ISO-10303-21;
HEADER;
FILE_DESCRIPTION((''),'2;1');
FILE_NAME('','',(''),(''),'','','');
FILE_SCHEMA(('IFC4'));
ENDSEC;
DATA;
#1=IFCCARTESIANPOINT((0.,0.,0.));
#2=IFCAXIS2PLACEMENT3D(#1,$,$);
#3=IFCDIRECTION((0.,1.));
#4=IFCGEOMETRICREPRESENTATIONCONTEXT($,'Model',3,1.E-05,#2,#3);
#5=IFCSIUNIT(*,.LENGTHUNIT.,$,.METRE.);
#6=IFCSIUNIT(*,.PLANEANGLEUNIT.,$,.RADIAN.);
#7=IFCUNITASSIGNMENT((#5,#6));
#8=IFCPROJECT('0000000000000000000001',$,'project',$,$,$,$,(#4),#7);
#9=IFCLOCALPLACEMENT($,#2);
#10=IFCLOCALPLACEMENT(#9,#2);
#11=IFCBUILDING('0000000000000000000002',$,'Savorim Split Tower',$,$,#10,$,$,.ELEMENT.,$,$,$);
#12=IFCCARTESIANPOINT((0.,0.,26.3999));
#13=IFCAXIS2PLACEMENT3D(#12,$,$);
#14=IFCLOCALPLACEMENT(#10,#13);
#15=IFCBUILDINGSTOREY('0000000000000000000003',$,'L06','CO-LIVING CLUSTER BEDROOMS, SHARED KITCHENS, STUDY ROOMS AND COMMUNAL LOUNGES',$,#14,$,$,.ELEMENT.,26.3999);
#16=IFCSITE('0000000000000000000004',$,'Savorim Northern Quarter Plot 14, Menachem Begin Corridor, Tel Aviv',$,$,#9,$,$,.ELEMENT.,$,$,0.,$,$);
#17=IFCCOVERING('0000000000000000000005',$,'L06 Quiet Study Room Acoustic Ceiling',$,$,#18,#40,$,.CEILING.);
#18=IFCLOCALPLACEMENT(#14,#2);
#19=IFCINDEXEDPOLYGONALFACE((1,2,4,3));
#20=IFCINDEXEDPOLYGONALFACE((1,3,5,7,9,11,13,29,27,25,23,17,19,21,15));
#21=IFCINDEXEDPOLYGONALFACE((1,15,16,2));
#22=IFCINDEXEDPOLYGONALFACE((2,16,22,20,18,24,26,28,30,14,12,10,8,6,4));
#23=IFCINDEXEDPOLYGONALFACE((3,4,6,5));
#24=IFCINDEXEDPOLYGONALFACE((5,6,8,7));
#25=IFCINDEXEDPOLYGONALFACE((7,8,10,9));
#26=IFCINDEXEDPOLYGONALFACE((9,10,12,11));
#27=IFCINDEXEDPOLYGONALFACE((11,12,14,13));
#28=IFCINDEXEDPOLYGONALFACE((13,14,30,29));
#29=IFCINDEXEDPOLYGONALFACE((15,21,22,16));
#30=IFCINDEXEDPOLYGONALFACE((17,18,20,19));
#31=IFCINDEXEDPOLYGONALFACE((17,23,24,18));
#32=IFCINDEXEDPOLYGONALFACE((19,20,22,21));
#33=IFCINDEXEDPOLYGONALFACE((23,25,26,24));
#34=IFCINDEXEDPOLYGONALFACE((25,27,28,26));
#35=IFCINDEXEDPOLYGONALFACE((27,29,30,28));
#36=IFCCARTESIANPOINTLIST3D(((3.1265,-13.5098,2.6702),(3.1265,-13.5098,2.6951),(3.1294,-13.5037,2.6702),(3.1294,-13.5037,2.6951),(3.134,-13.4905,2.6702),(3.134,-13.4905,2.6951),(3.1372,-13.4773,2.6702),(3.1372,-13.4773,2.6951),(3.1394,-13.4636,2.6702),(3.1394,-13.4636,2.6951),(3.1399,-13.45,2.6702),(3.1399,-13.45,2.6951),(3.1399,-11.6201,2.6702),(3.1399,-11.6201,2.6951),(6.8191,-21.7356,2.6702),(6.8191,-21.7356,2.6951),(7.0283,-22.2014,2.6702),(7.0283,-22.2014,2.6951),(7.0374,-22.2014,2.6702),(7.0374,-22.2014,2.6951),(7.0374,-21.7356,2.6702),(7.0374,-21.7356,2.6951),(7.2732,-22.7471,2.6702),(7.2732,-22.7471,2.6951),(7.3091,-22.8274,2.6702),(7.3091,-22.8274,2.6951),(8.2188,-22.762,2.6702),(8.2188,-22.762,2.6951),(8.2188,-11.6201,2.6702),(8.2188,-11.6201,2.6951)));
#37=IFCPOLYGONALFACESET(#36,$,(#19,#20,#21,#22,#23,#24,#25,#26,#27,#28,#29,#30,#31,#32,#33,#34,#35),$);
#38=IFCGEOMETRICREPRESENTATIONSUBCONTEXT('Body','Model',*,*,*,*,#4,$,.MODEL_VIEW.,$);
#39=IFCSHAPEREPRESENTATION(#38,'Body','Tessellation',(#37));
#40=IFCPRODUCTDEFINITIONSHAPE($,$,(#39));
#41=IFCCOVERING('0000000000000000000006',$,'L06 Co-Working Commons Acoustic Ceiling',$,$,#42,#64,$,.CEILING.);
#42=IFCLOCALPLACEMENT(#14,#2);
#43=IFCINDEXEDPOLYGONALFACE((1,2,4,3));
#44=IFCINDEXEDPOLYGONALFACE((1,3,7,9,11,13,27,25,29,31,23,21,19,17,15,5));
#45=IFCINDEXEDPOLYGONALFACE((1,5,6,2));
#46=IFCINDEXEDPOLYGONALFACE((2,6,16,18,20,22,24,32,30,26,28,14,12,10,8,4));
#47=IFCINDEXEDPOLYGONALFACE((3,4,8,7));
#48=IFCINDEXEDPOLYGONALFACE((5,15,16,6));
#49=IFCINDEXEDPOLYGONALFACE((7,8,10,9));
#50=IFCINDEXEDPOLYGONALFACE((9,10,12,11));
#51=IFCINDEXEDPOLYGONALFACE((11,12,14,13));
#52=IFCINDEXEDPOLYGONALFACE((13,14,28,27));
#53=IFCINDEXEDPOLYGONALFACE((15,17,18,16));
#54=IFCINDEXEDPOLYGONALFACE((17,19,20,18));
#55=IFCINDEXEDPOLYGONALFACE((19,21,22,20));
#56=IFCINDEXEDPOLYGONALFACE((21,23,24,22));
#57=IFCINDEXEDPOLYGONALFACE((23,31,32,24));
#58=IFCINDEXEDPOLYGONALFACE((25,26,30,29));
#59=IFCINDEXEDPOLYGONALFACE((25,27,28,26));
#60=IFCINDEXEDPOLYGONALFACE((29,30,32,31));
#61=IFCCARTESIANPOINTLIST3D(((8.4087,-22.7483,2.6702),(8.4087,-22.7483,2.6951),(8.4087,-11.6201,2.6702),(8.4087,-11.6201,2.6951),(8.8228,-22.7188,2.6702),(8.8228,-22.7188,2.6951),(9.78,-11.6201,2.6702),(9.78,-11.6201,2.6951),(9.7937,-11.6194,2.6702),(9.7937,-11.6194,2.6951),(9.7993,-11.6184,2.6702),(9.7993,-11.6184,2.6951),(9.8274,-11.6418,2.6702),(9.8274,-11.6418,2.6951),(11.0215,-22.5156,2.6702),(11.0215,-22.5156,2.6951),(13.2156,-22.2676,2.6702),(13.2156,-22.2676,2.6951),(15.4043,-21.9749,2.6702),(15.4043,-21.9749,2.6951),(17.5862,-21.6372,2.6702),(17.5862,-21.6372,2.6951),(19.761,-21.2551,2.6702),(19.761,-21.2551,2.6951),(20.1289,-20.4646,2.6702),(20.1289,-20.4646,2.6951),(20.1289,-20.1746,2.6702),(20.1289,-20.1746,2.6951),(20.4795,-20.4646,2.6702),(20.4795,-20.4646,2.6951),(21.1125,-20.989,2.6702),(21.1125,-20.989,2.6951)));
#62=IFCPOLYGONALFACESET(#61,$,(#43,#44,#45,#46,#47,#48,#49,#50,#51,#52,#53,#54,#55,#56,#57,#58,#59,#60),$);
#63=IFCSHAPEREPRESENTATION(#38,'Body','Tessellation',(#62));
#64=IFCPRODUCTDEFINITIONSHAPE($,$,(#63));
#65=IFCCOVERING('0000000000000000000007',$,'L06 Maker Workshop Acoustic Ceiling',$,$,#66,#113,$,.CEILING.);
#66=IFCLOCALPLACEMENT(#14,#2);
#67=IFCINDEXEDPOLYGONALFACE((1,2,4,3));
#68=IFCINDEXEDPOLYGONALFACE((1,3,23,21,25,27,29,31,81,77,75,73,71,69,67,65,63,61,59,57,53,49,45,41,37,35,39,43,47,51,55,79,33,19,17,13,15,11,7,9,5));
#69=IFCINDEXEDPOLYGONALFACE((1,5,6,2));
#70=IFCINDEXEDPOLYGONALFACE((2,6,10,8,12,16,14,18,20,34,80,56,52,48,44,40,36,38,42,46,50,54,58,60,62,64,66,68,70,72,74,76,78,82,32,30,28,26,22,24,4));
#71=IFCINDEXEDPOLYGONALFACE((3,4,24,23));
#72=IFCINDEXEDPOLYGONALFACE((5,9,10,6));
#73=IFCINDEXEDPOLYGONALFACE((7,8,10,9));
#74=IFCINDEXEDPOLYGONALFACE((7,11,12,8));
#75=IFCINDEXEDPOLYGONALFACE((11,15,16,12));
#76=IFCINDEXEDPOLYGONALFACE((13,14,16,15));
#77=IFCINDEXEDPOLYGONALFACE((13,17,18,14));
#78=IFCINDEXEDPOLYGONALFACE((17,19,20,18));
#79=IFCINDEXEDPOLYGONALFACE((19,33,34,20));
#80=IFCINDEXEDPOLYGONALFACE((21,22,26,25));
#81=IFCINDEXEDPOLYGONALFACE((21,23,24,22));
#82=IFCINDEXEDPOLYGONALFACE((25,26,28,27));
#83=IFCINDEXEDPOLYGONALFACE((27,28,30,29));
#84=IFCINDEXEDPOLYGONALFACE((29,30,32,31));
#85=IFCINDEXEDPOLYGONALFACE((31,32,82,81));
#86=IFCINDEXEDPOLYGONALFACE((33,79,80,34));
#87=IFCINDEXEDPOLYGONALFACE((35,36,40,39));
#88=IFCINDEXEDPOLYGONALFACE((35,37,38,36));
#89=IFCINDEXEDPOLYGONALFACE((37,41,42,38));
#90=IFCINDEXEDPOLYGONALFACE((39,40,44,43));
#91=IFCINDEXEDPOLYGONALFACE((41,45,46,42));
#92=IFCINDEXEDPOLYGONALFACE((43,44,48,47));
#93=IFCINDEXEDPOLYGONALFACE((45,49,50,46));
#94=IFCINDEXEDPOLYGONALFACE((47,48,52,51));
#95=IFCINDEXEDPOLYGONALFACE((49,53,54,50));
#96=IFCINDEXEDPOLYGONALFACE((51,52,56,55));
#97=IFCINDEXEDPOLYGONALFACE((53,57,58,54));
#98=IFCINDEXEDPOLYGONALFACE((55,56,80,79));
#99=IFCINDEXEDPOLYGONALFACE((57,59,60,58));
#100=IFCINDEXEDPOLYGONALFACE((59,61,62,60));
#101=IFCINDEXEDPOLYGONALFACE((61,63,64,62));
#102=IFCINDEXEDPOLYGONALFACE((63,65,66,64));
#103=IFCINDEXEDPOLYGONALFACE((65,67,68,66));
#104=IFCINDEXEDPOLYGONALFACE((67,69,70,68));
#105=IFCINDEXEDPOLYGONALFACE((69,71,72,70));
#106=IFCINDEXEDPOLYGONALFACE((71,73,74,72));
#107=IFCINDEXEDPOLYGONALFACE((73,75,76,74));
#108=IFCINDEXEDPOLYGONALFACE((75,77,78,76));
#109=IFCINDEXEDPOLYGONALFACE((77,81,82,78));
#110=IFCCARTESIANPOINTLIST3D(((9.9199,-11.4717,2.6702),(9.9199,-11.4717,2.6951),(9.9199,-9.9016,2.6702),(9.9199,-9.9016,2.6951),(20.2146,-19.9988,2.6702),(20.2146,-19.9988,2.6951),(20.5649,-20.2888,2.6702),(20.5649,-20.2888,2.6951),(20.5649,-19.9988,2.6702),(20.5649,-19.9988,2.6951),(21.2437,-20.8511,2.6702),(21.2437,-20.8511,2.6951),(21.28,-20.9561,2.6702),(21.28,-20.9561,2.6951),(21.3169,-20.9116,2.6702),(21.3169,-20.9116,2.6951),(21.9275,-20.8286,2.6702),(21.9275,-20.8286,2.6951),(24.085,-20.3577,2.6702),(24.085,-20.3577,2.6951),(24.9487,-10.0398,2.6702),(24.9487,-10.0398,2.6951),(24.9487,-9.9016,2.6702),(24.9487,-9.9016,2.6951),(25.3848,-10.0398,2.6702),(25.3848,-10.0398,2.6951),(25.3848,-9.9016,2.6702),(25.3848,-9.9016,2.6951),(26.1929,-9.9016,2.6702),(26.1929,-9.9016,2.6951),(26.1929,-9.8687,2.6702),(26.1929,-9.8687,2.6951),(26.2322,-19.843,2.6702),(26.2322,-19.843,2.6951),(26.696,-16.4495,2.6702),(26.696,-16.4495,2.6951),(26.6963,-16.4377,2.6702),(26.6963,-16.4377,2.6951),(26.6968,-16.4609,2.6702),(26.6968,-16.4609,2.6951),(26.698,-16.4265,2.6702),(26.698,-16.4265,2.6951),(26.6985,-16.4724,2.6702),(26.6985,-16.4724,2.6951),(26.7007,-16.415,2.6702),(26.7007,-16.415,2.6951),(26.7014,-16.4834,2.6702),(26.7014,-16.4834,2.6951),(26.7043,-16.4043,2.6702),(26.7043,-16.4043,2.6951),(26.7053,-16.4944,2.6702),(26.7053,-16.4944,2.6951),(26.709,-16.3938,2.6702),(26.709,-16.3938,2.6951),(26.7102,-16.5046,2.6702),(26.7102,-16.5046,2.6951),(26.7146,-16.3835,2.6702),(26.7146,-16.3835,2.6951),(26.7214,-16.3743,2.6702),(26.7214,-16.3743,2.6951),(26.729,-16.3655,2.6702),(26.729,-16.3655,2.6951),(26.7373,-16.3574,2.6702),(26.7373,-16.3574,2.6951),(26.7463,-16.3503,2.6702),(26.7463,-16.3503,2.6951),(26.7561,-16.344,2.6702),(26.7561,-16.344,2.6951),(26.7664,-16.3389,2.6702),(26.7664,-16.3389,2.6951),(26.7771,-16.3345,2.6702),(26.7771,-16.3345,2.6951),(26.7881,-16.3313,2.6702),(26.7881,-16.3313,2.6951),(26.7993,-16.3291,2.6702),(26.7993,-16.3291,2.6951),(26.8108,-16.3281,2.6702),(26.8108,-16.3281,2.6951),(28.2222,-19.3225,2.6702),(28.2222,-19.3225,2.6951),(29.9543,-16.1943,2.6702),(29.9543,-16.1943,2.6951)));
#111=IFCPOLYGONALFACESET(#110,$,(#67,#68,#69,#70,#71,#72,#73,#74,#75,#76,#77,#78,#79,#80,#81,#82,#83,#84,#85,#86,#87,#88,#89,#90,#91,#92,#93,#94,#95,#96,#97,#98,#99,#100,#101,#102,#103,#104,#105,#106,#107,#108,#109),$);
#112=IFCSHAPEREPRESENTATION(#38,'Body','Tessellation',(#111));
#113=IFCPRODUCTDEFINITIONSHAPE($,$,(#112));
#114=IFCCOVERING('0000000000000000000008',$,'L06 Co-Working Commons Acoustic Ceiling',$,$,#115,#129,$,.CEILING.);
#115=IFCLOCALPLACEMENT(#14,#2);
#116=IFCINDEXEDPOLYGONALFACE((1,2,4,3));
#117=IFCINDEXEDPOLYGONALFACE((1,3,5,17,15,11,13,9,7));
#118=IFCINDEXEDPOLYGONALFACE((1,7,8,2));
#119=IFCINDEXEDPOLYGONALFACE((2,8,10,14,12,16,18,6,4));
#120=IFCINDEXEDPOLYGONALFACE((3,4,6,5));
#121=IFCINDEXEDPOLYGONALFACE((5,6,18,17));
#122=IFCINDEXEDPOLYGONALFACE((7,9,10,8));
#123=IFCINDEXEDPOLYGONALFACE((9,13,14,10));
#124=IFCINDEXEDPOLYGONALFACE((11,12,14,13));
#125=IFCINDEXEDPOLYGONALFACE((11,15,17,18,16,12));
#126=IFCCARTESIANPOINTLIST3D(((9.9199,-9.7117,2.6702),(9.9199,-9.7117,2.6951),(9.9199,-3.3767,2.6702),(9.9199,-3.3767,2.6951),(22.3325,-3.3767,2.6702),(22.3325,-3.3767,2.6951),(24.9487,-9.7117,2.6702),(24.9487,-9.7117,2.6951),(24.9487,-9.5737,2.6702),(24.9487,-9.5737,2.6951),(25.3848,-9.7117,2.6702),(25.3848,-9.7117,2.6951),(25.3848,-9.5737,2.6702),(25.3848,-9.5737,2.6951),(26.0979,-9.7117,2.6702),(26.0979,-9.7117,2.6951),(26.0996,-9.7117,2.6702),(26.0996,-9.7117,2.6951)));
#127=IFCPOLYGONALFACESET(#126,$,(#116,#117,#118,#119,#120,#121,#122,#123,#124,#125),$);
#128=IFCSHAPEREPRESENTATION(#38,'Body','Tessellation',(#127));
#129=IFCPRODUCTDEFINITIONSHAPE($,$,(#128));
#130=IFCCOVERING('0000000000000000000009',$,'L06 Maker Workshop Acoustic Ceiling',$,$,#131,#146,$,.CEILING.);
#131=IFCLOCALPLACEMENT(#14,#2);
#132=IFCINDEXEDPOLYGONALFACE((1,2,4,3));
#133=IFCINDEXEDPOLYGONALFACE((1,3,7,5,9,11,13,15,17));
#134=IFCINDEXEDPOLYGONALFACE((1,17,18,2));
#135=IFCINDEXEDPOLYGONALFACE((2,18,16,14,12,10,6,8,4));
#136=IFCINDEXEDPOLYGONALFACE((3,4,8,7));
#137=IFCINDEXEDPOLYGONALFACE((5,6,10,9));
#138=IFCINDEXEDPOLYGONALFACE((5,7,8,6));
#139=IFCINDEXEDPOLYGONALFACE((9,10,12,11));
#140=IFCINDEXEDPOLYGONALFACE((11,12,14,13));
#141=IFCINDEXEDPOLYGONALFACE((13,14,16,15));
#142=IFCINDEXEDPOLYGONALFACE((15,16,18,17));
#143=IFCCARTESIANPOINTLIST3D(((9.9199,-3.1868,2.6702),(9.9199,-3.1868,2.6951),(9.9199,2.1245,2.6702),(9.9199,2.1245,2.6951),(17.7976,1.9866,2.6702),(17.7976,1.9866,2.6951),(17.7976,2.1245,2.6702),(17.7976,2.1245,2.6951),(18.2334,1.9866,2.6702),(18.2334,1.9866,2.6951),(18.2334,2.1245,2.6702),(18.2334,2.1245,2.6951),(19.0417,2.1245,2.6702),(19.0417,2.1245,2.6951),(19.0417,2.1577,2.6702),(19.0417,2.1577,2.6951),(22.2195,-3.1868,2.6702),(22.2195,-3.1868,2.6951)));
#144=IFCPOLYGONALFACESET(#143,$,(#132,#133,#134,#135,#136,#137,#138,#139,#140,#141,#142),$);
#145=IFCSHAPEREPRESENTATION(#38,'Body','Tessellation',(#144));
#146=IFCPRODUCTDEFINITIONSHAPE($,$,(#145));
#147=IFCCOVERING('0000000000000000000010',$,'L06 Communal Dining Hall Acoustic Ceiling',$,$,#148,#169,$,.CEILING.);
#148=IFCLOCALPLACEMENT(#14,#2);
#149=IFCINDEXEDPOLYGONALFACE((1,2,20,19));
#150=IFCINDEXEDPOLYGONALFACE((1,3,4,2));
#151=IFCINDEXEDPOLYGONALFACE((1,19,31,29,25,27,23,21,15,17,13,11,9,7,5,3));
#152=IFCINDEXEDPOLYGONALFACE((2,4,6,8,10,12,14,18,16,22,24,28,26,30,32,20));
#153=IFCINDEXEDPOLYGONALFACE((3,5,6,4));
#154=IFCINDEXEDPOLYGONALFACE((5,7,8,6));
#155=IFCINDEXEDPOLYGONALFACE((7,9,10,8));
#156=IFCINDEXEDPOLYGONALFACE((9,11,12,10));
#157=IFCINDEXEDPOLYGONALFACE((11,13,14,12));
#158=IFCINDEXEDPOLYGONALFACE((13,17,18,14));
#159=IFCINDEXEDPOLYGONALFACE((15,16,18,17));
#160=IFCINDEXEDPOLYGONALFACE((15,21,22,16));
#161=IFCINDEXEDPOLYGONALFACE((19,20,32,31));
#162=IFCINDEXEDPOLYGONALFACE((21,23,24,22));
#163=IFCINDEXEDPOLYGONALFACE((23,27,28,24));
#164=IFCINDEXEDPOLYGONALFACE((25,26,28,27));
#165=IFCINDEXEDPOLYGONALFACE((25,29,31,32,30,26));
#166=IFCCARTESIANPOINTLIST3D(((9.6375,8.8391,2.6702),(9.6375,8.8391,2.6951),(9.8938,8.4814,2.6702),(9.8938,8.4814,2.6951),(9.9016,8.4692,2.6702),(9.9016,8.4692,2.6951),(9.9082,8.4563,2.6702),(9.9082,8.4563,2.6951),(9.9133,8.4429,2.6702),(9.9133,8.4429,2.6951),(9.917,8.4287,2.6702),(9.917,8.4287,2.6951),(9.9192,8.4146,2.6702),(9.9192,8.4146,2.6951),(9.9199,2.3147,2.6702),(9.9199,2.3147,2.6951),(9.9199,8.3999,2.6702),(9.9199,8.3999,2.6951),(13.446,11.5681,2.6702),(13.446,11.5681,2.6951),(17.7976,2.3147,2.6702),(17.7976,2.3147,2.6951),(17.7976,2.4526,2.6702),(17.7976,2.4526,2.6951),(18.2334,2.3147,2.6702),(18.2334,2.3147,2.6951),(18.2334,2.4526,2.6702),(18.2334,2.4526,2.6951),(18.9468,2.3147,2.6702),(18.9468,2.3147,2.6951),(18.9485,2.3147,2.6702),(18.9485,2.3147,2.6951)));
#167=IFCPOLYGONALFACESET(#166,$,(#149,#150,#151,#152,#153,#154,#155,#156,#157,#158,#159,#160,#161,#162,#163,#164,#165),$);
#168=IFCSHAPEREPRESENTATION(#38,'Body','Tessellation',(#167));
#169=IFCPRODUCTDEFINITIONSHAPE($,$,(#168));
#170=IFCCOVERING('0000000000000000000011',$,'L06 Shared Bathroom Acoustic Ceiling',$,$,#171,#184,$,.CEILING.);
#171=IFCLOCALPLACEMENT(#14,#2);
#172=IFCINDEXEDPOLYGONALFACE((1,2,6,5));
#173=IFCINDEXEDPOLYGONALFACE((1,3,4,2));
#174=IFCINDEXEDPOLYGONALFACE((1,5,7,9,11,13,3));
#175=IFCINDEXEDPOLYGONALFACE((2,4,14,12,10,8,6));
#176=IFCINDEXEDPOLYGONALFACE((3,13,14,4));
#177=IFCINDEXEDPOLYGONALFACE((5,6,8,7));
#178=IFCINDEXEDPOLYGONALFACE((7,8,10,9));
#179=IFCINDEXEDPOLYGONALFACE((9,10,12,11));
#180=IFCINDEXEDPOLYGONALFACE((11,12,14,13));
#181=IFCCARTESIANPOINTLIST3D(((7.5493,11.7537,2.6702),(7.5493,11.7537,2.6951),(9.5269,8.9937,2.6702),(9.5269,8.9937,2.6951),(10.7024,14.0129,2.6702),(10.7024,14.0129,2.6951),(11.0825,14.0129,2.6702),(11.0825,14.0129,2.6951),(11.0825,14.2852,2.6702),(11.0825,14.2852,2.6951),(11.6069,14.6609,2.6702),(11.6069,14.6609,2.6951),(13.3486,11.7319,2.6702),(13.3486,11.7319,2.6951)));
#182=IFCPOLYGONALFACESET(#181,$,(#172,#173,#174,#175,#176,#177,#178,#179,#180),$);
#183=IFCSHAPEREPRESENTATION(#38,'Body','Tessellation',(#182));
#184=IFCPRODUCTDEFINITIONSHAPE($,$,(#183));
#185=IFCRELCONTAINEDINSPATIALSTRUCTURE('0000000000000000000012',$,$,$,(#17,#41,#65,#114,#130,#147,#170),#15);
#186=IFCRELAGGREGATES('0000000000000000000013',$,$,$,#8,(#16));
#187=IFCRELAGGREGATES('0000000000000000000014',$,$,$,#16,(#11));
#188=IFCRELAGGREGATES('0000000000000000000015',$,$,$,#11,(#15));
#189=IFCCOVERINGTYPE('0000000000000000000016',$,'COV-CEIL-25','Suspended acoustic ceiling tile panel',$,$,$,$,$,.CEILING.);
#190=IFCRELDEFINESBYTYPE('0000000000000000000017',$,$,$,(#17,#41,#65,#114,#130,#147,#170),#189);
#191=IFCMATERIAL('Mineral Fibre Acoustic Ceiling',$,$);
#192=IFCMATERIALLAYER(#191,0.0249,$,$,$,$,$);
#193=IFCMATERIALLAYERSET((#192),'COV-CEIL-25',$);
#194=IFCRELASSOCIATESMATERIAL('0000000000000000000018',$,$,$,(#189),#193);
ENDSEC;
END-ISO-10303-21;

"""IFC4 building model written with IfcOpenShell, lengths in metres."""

from ifc_helpers import new_model, si_unit, direction, frame, origin, place, context, subcontext, project, spatial, polyline, outline, extrude, material, layer, layer_set, type_object, element, save


model = new_model("IFC4")

# Units and contexts
model_context = context("Model", 3, precision=1e-05, world=origin(), true_north=direction((0.0, 1.0)))
body_context = subcontext(model_context, "Body", "Model", "MODEL_VIEW")
ifc_project = project(units=[si_unit("LENGTHUNIT", "METRE"), si_unit("PLANEANGLEUNIT", "RADIAN")], contexts=[model_context])

# Site, building, storey
site_placement = place(None, origin())
site = spatial("IfcSite", under=ifc_project, at=site_placement, Name="Savorim Northern Quarter Plot 14, Menachem Begin Corridor, Tel Aviv", CompositionType="ELEMENT", RefElevation=0.0)
building_placement = place(site_placement, origin())
building = spatial("IfcBuilding", under=site, at=building_placement, Name="Savorim Split Tower", CompositionType="ELEMENT")
storey_placement = place(building_placement, frame((0.0, 0.0, 26.3999)))
storey = spatial("IfcBuildingStorey", under=building, at=storey_placement, Name="L06", Description="CO-LIVING CLUSTER BEDROOMS, SHARED KITCHENS, STUDY ROOMS AND COMMUNAL LOUNGES", CompositionType="ELEMENT", Elevation=26.3999)

# Coverings
ifc_material_1 = material(Name="Mineral Fibre Acoustic Ceiling")
ifc_layer_1 = layer(ifc_material_1, 0.0249)
ifc_layer_set_1 = layer_set([ifc_layer_1], Name="COV-CEIL-25")
covering_type_1 = type_object("IfcCoveringType", Name="COV-CEIL-25", Description="Suspended acoustic ceiling tile panel", PredefinedType="CEILING", material=ifc_layer_set_1)
covering_1_placement = place(storey_placement, frame((0.0, 0.0, 2.6702)))
element("IfcCovering", 1, at=covering_1_placement, inside=storey, type_object=covering_type_1, Name="L06 Quiet Study Room Acoustic Ceiling", PredefinedType="CEILING", context=body_context, shape_type="SweptSolid", body=[
    extrude(outline(polyline([(7.0283, -22.2014), (7.2732, -22.7471), (7.3091, -22.8274), (8.2188, -22.762), (8.2188, -11.6201), (3.1399, -11.6201), (3.1399, -13.45), (3.1394, -13.4636), (3.1372, -13.4773), (3.134, -13.4905), (3.1294, -13.5037), (3.1265, -13.5098), (6.8191, -21.7356), (7.0374, -21.7356), (7.0374, -22.2014), (7.0283, -22.2014)])), origin(), (0.0, 0.0, 1.0), 0.0249),
])
covering_2_placement = place(storey_placement, frame((0.0, 0.0, 2.6702)))
element("IfcCovering", 2, at=covering_2_placement, inside=storey, type_object=covering_type_1, Name="L06 Co-Working Commons Acoustic Ceiling", PredefinedType="CEILING", context=body_context, shape_type="SweptSolid", body=[
    extrude(outline(polyline([(13.2156, -22.2676), (15.4043, -21.9749), (17.5862, -21.6372), (19.761, -21.2551), (21.1125, -20.989), (20.4795, -20.4646), (20.1289, -20.4646), (20.1289, -20.1746), (9.8274, -11.6418), (9.7993, -11.6184), (9.7937, -11.6194), (9.78, -11.6201), (8.4087, -11.6201), (8.4087, -22.7483), (8.8228, -22.7188), (11.0215, -22.5156), (13.2156, -22.2676)])), origin(), (0.0, 0.0, 1.0), 0.0249),
])
covering_3_placement = place(storey_placement, frame((0.0, 0.0, 2.6702)))
element("IfcCovering", 3, at=covering_3_placement, inside=storey, type_object=covering_type_1, Name="L06 Maker Workshop Acoustic Ceiling", PredefinedType="CEILING", context=body_context, shape_type="SweptSolid", body=[
    extrude(outline(polyline([(26.7881, -16.3313), (26.7993, -16.3291), (26.8108, -16.3281), (29.9543, -16.1943), (26.1929, -9.8687), (26.1929, -9.9016), (25.3848, -9.9016), (25.3848, -10.0398), (24.9487, -10.0398), (24.9487, -9.9016), (9.9199, -9.9016), (9.9199, -11.4717), (20.2146, -19.9988), (20.5649, -19.9988), (20.5649, -20.2888), (21.2437, -20.8511), (21.3169, -20.9116), (21.28, -20.9561), (21.9275, -20.8286), (24.085, -20.3577), (26.2322, -19.843), (28.2222, -19.3225), (26.7102, -16.5046), (26.7053, -16.4944), (26.7014, -16.4834), (26.6985, -16.4724), (26.6968, -16.4609), (26.696, -16.4495), (26.6963, -16.4377), (26.698, -16.4265), (26.7007, -16.415), (26.7043, -16.4043), (26.709, -16.3938), (26.7146, -16.3835), (26.7214, -16.3743), (26.729, -16.3655), (26.7373, -16.3574), (26.7463, -16.3503), (26.7561, -16.344), (26.7664, -16.3389), (26.7771, -16.3345), (26.7881, -16.3313)])), origin(), (0.0, 0.0, 1.0), 0.0249),
])
covering_4_placement = place(storey_placement, frame((0.0, 0.0, 2.6702)))
element("IfcCovering", 4, at=covering_4_placement, inside=storey, type_object=covering_type_1, Name="L06 Co-Working Commons Acoustic Ceiling", PredefinedType="CEILING", context=body_context, shape_type="SweptSolid", body=[
    extrude(outline(polyline([(25.3848, -9.5737), (25.3848, -9.7117), (26.0979, -9.7117), (26.0996, -9.7117), (22.3325, -3.3767), (9.9199, -3.3767), (9.9199, -9.7117), (24.9487, -9.7117), (24.9487, -9.5737), (25.3848, -9.5737)])), origin(), (0.0, 0.0, 1.0), 0.0249),
])
covering_5_placement = place(storey_placement, frame((0.0, 0.0, 2.6702)))
element("IfcCovering", 5, at=covering_5_placement, inside=storey, type_object=covering_type_1, Name="L06 Maker Workshop Acoustic Ceiling", PredefinedType="CEILING", context=body_context, shape_type="SweptSolid", body=[
    extrude(outline(polyline([(17.7976, 1.9866), (17.7976, 2.1245), (9.9199, 2.1245), (9.9199, -3.1868), (22.2195, -3.1868), (19.0417, 2.1577), (19.0417, 2.1245), (18.2334, 2.1245), (18.2334, 1.9866), (17.7976, 1.9866)])), origin(), (0.0, 0.0, 1.0), 0.0249),
])
covering_6_placement = place(storey_placement, frame((0.0, 0.0, 2.6702)))
element("IfcCovering", 6, at=covering_6_placement, inside=storey, type_object=covering_type_1, Name="L06 Communal Dining Hall Acoustic Ceiling", PredefinedType="CEILING", context=body_context, shape_type="SweptSolid", body=[
    extrude(outline(polyline([(18.2334, 2.4526), (18.2334, 2.3147), (18.9468, 2.3147), (18.9485, 2.3147), (13.446, 11.5681), (9.6375, 8.8391), (9.8938, 8.4814), (9.9016, 8.4692), (9.9082, 8.4563), (9.9133, 8.4429), (9.917, 8.4287), (9.9192, 8.4146), (9.9199, 8.3999), (9.9199, 2.3147), (17.7976, 2.3147), (17.7976, 2.4526), (18.2334, 2.4526)])), origin(), (0.0, 0.0, 1.0), 0.0249),
])
covering_7_placement = place(storey_placement, frame((0.0, 0.0, 2.6702)))
element("IfcCovering", 7, at=covering_7_placement, inside=storey, type_object=covering_type_1, Name="L06 Shared Bathroom Acoustic Ceiling", PredefinedType="CEILING", context=body_context, shape_type="SweptSolid", body=[
    extrude(outline(polyline([(11.0825, 14.0129), (10.7024, 14.0129), (7.5493, 11.7537), (9.5269, 8.9937), (13.3486, 11.7319), (11.6069, 14.6609), (11.0825, 14.2852), (11.0825, 14.0129)])), origin(), (0.0, 0.0, 1.0), 0.0249),
])

save(model, "model.ifc")
